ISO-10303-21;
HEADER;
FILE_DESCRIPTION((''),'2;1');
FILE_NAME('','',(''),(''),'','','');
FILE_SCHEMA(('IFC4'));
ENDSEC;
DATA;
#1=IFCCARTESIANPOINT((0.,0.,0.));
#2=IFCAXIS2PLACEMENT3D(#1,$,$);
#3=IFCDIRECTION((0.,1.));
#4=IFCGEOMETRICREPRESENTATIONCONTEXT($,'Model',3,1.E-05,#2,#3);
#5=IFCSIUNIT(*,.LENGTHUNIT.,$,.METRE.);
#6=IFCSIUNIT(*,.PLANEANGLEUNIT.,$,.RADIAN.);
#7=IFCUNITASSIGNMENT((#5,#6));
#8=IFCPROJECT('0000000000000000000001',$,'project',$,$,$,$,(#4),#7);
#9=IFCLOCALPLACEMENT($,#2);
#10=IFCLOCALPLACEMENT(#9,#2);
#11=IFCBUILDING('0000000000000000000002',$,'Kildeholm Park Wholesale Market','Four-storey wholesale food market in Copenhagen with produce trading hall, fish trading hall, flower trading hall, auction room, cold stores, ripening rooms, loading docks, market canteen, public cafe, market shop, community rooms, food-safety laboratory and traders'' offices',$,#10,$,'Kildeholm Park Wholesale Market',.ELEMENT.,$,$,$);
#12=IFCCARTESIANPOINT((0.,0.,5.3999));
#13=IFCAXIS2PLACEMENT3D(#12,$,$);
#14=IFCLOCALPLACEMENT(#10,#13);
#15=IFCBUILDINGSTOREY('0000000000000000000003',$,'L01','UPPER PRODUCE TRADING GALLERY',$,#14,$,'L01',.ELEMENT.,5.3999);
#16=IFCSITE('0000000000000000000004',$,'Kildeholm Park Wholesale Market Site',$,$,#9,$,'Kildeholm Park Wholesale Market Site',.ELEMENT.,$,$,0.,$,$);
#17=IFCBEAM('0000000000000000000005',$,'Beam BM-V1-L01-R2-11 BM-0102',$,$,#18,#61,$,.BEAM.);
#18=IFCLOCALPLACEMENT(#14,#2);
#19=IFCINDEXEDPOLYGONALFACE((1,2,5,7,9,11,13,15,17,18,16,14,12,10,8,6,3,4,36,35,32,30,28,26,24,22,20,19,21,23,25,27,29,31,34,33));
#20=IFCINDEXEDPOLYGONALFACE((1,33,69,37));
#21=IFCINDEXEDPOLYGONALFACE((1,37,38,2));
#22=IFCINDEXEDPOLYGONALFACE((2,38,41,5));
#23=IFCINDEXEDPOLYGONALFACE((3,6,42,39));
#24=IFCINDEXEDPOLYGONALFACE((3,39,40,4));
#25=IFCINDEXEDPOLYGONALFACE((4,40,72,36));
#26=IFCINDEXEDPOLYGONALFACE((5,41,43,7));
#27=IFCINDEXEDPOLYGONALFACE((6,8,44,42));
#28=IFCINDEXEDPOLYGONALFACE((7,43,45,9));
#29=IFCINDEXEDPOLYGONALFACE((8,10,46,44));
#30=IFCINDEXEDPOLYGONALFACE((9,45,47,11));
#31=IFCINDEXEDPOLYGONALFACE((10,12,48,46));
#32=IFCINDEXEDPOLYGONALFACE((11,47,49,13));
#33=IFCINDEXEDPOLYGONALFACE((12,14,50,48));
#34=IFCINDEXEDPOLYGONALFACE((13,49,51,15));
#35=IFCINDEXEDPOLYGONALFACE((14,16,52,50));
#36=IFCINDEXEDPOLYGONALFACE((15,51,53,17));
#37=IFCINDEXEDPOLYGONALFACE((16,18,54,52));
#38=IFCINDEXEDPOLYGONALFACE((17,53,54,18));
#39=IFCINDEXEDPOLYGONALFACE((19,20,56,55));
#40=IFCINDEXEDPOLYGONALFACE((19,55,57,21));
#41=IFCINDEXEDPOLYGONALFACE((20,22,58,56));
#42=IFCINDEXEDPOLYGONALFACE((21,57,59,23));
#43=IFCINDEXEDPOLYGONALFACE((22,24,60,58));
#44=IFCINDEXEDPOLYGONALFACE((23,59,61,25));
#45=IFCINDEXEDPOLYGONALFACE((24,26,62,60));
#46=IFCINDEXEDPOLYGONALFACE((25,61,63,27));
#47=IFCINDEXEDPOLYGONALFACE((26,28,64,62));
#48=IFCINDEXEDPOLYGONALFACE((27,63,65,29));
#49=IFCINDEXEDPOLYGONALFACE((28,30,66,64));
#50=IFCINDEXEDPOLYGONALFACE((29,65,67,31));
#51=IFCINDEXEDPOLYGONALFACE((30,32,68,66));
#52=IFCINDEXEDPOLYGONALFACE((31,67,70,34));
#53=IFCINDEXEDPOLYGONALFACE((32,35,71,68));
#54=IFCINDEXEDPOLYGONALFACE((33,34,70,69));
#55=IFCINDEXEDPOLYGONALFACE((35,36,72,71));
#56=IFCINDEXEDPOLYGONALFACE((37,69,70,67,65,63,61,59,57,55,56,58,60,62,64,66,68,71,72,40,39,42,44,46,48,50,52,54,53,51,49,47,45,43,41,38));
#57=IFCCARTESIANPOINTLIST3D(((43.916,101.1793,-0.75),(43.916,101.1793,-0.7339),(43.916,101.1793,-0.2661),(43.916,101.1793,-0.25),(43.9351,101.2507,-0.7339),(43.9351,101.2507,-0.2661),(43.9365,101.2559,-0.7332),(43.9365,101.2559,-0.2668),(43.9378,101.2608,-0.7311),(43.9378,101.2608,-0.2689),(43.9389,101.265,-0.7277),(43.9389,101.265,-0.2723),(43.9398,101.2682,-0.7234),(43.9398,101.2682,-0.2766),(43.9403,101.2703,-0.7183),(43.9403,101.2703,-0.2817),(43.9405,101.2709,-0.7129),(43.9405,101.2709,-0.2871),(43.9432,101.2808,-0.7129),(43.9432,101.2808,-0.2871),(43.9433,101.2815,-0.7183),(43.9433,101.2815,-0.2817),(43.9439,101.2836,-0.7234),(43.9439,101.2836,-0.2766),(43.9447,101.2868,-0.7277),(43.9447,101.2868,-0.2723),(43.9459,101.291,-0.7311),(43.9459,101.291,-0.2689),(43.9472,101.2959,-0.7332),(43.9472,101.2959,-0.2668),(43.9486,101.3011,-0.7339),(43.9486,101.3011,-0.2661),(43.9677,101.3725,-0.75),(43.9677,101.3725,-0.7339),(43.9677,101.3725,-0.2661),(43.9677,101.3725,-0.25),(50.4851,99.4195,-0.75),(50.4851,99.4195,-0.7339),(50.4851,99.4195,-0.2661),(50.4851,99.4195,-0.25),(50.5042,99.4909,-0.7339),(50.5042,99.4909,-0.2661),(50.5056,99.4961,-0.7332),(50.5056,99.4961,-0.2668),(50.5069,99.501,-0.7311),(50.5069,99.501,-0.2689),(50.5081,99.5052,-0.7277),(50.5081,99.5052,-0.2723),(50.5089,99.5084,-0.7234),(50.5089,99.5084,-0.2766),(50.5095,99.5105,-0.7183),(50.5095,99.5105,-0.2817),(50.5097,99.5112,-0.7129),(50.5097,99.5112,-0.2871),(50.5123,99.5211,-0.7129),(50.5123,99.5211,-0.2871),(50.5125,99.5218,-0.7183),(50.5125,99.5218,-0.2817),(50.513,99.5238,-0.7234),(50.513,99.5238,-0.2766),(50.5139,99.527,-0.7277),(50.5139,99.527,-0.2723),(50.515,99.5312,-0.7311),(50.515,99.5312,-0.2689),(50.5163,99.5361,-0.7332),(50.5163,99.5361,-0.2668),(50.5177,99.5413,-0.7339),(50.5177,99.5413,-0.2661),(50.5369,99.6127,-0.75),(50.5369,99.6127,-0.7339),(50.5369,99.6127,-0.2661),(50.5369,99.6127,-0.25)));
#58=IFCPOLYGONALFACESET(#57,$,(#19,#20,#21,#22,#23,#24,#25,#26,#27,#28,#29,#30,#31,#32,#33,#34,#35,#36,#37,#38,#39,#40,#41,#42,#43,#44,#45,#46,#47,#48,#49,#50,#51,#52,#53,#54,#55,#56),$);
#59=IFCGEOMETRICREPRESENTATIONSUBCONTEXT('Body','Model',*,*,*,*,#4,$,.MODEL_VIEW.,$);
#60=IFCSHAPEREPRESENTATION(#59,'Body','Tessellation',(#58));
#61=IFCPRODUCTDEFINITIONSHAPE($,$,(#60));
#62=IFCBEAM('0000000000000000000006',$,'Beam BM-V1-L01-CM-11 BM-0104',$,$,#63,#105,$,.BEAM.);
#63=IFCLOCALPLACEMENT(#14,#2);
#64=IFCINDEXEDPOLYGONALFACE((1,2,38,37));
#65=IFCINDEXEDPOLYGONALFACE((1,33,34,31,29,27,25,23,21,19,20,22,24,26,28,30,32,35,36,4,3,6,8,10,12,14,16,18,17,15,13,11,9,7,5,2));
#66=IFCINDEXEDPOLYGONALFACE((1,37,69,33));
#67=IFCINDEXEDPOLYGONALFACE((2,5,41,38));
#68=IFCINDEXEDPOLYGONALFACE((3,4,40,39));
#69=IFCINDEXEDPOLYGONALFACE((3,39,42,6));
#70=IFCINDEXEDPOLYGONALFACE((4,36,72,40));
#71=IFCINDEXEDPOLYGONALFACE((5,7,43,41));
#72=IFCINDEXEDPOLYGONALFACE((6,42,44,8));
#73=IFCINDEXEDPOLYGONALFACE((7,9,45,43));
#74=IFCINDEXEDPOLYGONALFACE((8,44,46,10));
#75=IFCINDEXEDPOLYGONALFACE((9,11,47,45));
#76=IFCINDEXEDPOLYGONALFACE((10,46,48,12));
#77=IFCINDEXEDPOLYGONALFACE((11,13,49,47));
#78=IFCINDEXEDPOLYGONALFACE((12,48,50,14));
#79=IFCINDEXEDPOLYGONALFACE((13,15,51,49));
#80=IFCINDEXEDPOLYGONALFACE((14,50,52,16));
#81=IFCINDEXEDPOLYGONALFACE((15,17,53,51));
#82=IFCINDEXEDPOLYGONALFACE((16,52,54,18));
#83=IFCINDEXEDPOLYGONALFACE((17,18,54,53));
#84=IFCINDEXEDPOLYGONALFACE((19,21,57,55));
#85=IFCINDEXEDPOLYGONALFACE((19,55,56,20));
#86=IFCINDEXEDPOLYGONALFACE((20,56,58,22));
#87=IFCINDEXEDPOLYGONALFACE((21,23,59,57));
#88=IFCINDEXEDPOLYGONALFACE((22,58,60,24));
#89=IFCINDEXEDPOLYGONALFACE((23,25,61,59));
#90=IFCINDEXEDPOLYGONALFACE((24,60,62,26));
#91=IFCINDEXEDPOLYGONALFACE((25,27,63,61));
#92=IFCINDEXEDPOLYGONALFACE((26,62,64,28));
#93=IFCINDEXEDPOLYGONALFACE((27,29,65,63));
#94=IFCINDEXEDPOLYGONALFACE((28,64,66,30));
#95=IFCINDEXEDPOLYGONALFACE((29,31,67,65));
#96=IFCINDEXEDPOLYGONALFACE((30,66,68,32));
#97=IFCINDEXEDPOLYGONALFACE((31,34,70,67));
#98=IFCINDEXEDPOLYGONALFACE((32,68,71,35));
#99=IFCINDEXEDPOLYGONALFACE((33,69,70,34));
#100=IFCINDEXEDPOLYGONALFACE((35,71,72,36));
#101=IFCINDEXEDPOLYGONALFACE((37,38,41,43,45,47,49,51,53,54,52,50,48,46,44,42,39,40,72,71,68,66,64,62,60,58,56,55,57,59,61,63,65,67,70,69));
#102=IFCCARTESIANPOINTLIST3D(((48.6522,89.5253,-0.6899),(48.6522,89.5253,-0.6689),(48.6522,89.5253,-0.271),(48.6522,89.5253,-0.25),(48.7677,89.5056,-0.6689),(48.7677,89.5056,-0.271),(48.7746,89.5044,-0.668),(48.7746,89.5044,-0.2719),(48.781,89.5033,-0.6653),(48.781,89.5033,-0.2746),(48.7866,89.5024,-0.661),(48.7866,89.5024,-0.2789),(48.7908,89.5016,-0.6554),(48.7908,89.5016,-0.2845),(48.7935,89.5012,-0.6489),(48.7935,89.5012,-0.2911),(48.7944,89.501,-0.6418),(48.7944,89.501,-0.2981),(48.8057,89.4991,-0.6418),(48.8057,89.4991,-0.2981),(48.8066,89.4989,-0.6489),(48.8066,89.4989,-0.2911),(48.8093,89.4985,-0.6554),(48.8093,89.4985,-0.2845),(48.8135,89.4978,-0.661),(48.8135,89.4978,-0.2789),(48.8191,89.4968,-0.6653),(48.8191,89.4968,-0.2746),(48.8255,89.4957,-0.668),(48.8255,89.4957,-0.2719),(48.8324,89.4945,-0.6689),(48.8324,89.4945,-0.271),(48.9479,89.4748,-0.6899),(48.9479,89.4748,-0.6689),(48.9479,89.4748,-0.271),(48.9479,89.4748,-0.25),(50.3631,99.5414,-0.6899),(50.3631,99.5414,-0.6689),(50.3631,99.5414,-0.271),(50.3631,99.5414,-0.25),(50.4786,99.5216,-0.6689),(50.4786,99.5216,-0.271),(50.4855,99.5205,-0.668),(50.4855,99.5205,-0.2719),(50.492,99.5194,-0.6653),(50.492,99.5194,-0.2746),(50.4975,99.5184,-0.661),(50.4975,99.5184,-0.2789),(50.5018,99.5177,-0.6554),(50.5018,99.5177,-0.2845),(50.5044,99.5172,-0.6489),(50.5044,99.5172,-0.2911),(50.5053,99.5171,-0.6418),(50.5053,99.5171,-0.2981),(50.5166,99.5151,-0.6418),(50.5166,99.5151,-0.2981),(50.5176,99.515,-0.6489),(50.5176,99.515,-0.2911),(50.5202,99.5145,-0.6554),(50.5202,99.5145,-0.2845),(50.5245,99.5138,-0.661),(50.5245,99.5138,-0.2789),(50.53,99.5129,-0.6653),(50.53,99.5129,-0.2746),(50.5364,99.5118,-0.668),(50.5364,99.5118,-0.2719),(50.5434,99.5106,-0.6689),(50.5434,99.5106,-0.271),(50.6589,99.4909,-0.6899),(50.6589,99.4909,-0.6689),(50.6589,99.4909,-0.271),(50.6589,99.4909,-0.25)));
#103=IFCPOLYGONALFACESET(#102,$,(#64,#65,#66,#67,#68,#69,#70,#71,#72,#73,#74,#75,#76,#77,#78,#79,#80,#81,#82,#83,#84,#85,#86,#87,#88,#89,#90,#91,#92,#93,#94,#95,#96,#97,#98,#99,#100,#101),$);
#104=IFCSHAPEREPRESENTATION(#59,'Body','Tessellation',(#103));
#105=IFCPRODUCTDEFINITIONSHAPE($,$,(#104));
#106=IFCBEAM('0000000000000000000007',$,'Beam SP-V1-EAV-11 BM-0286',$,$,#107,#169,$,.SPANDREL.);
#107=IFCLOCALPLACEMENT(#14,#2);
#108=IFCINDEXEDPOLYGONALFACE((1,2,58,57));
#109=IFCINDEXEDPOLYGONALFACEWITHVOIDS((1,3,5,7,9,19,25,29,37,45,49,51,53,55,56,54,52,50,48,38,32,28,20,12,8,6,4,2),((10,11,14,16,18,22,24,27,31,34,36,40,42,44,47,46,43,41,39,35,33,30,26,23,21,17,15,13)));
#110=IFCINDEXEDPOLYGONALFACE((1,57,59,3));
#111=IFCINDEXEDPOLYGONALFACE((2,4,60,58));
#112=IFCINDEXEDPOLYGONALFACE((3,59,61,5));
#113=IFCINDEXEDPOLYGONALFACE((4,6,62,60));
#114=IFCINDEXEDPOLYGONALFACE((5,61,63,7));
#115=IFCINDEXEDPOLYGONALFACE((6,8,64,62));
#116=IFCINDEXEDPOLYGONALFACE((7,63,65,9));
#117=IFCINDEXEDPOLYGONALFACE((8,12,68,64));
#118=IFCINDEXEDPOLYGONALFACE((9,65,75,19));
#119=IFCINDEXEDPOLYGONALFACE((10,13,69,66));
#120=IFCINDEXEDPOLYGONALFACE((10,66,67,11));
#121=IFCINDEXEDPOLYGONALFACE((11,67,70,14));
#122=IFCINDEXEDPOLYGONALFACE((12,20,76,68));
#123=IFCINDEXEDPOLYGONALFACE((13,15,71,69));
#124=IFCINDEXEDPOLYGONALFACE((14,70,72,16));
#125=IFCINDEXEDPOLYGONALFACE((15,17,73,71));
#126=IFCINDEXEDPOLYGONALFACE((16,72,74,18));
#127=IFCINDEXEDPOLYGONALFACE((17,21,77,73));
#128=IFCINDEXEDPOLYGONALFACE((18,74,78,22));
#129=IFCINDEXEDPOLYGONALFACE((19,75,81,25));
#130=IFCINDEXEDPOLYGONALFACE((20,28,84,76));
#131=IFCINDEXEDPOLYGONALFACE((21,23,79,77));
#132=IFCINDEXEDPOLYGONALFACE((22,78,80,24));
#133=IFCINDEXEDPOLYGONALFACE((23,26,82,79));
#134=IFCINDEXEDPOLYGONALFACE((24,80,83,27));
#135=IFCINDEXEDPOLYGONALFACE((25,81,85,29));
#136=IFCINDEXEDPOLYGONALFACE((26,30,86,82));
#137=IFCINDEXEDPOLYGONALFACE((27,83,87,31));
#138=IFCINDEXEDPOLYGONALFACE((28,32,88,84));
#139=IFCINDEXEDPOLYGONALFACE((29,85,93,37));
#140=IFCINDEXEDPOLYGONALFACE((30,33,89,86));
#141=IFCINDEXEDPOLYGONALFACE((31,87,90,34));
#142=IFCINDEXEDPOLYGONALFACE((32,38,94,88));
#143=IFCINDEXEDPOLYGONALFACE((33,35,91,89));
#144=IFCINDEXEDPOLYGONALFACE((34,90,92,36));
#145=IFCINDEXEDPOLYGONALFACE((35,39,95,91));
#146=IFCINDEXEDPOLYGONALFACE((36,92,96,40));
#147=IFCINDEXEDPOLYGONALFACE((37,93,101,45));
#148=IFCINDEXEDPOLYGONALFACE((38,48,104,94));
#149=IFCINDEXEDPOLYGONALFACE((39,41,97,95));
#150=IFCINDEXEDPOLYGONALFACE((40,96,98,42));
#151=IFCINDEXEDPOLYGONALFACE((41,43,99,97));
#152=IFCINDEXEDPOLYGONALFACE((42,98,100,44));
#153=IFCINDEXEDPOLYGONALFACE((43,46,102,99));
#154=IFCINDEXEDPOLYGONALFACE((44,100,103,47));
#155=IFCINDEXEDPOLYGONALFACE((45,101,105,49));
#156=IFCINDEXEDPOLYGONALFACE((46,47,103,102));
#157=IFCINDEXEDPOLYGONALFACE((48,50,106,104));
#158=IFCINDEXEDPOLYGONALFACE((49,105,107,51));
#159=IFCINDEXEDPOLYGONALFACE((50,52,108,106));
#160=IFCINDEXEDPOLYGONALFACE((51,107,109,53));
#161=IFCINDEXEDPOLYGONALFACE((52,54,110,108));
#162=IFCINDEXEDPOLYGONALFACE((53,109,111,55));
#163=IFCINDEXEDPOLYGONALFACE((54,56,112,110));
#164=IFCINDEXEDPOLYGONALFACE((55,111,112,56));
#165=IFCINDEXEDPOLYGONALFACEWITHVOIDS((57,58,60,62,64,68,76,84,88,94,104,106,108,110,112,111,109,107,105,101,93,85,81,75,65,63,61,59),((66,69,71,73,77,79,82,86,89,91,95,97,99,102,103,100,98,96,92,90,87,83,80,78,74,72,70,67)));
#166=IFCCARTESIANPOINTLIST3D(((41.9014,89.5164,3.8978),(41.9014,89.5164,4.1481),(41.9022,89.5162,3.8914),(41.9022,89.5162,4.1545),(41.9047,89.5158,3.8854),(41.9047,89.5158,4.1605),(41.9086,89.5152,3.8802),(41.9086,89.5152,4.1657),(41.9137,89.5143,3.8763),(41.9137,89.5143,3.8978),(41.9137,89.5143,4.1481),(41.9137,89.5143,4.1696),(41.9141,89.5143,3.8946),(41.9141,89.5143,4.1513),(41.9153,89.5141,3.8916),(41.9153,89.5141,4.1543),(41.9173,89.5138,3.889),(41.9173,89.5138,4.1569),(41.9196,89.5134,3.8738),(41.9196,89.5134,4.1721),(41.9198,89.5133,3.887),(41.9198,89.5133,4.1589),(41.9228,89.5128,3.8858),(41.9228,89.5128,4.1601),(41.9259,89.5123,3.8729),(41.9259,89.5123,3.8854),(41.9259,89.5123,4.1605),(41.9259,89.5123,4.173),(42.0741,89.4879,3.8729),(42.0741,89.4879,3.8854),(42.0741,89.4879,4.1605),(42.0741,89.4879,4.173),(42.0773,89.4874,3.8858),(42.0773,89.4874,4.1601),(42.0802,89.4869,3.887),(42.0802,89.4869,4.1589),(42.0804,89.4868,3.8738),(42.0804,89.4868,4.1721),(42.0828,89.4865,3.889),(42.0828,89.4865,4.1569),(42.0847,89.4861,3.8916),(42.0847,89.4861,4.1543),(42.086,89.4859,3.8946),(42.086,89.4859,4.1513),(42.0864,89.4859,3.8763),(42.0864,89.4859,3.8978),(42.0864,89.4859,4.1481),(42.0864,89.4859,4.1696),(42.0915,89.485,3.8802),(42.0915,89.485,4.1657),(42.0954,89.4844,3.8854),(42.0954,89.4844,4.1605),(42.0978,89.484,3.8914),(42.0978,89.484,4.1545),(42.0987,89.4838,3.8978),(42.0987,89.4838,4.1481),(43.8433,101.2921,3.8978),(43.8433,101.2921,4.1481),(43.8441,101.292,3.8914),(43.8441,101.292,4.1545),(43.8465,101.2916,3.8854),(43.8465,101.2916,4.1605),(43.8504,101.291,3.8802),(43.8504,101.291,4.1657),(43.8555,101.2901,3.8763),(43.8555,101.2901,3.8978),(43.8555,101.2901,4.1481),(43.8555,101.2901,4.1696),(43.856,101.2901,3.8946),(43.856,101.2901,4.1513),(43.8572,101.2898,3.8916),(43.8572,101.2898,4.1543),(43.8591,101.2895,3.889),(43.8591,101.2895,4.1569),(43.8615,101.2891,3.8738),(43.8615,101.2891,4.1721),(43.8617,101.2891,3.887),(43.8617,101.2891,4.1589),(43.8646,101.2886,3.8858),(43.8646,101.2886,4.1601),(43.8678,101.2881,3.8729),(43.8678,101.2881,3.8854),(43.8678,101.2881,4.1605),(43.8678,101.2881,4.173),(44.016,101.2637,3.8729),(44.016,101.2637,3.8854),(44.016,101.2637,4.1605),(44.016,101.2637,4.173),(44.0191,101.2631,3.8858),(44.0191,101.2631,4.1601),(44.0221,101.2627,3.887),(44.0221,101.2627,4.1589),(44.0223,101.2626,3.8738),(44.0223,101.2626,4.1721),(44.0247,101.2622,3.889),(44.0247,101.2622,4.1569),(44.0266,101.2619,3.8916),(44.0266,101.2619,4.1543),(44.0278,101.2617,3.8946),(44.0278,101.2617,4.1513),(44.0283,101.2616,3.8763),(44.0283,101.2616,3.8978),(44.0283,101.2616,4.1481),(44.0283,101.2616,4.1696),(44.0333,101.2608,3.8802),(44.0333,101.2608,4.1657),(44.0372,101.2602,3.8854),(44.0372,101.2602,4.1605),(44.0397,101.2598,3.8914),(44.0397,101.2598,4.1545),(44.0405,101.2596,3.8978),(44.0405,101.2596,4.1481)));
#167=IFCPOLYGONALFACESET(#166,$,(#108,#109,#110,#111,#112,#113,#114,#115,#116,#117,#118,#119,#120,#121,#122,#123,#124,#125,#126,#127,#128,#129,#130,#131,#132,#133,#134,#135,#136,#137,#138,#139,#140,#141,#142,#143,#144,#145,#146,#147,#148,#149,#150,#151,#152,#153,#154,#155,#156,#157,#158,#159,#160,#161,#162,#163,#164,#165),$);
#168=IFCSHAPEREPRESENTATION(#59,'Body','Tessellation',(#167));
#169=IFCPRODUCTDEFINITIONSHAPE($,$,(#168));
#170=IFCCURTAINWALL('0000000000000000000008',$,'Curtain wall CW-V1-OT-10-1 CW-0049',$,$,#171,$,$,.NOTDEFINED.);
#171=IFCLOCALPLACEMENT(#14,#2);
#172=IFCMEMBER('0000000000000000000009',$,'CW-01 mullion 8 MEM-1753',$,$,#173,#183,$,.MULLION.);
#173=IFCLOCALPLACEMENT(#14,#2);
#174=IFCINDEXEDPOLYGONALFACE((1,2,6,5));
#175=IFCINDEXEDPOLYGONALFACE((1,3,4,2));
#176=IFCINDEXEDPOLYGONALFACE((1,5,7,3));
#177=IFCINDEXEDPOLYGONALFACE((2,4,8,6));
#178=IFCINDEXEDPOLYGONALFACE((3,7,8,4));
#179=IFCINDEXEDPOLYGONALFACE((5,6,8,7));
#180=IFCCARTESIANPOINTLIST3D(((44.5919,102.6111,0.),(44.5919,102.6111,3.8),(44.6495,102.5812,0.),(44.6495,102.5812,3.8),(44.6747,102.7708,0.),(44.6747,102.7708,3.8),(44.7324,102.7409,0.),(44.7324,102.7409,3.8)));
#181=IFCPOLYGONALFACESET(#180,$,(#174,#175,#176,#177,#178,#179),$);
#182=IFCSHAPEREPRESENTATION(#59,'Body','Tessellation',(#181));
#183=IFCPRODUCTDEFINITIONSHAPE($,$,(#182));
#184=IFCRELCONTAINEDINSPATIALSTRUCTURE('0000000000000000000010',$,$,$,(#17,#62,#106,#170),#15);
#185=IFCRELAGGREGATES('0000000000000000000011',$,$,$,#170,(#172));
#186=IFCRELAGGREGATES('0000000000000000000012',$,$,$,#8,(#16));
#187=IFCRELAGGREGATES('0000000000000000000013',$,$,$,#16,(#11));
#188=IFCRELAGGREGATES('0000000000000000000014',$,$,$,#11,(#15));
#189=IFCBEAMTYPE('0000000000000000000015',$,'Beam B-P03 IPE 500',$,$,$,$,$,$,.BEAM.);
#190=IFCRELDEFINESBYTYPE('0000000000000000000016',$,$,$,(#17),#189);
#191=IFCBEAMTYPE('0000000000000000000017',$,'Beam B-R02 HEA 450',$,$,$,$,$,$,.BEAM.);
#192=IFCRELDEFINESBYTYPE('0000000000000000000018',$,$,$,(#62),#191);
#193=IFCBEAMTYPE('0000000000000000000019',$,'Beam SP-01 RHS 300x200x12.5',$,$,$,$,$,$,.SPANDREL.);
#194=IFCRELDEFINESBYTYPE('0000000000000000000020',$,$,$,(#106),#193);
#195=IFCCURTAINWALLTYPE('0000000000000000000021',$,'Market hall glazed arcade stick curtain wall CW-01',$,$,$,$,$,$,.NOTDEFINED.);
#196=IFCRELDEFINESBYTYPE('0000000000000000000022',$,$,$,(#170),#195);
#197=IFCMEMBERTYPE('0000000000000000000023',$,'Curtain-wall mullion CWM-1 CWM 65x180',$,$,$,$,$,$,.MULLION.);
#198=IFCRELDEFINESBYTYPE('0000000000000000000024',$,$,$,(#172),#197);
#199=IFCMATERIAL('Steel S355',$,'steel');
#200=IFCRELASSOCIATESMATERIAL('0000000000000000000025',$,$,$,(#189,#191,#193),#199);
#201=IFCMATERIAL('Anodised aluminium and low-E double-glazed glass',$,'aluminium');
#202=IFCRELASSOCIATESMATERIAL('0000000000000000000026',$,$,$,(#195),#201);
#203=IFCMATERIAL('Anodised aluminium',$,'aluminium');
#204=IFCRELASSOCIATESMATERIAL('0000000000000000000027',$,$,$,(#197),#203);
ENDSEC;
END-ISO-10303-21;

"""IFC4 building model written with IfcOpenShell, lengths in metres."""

from ifc_helpers import new_model, si_unit, direction, frame, origin, origin_2d, place, context, subcontext, project, spatial, rectangle, hollow_rectangle, i_section, extrude, material, material_profile, profile_set, type_object, element, aggregate, save


model = new_model("IFC4")

# Units and contexts
model_context = context("Model", 3, precision=1e-05, world=origin(), true_north=direction((0.0, 1.0)))
body_context = subcontext(model_context, "Body", "Model", "MODEL_VIEW")
ifc_project = project(units=[si_unit("LENGTHUNIT", "METRE"), si_unit("PLANEANGLEUNIT", "RADIAN")], contexts=[model_context])

# Site, building, storey
site_placement = place(None, origin())
site = spatial("IfcSite", under=ifc_project, at=site_placement, Name="Kildeholm Park Wholesale Market Site", LongName="Kildeholm Park Wholesale Market Site", CompositionType="ELEMENT", RefElevation=0.0)
building_placement = place(site_placement, origin())
building = spatial("IfcBuilding", under=site, at=building_placement, Name="Kildeholm Park Wholesale Market", Description="Four-storey wholesale food market in Copenhagen with produce trading hall, fish trading hall, flower trading hall, auction room, cold stores, ripening rooms, loading docks, market canteen, public cafe, market shop, community rooms, food-safety laboratory and traders' offices", LongName="Kildeholm Park Wholesale Market", CompositionType="ELEMENT")
storey_placement = place(building_placement, frame((0.0, 0.0, 5.3999)))
storey = spatial("IfcBuildingStorey", under=building, at=storey_placement, Name="L01", Description="UPPER PRODUCE TRADING GALLERY", LongName="L01", CompositionType="ELEMENT", Elevation=5.3999)

# Shared definitions
ifc_material_1 = material(Name="Steel S355", Category="steel")

# Beams
ifc_material_profile_1 = material_profile(ifc_material_1, i_section(OverallWidth=0.2, OverallDepth=0.5, WebThickness=0.0103, FlangeThickness=0.0161, FilletRadius=0.021, at=origin_2d()), Name="IPE 500")
ifc_profile_set_1 = profile_set([ifc_material_profile_1], Name="Steel S355")
beam_type_1 = type_object("IfcBeamType", Name="Beam B-P03 IPE 500", PredefinedType="BEAM", material=ifc_profile_set_1)
beam_1_placement = place(storey_placement, frame((50.511, 99.5161, -0.5), z_axis=(-0.965941, 0.258762, 0.0), x_axis=(-0.258762, -0.965941, 0.0)))
element("IfcBeam", 1, at=beam_1_placement, inside=storey, type_object=beam_type_1, Name="Beam BM-V1-L01-R2-11 BM-0102", PredefinedType="BEAM", context=body_context, shape_type="SweptSolid", body=[
    extrude(i_section(OverallWidth=0.2, OverallDepth=0.5, WebThickness=0.0103, FlangeThickness=0.0161, FilletRadius=0.021, at=origin_2d()), origin(), (0.0, 0.0, 1.0), 6.8008),
])
ifc_material_profile_2 = material_profile(ifc_material_1, i_section(OverallWidth=0.3, OverallDepth=0.4399, WebThickness=0.0115, FlangeThickness=0.021, FilletRadius=0.0271, at=origin_2d()), Name="HEA 450")
ifc_profile_set_2 = profile_set([ifc_material_profile_2], Name="Steel S355")
beam_type_2 = type_object("IfcBeamType", Name="Beam B-R02 HEA 450", PredefinedType="BEAM", material=ifc_profile_set_2)
beam_2_placement = place(storey_placement, frame((50.511, 99.5161, -0.47), z_axis=(-0.16838, -0.985722, 0.0), x_axis=(0.985722, -0.16838, 0.0)))
element("IfcBeam", 2, at=beam_2_placement, inside=storey, type_object=beam_type_2, Name="Beam BM-V1-L01-CM-11 BM-0104", PredefinedType="BEAM", context=body_context, shape_type="SweptSolid", body=[
    extrude(i_section(OverallWidth=0.3, OverallDepth=0.4399, WebThickness=0.0115, FlangeThickness=0.021, FilletRadius=0.0271, at=origin_2d()), origin(), (0.0, 0.0, 1.0), 10.1611),
])
ifc_material_profile_3 = material_profile(ifc_material_1, hollow_rectangle(XDim=0.2, YDim=0.3, WallThickness=0.0125, InnerFilletRadius=0.0125, OuterFilletRadius=0.0249, at=origin_2d()), Name="RHS 300x200x12.5")
ifc_profile_set_3 = profile_set([ifc_material_profile_3], Name="Steel S355")
beam_type_3 = type_object("IfcBeamType", Name="Beam SP-01 RHS 300x200x12.5", PredefinedType="SPANDREL", material=ifc_profile_set_3)
beam_3_placement = place(storey_placement, frame((43.9419, 101.2759, 4.0229), z_axis=(-0.162707, -0.986674, 0.0), x_axis=(0.986674, -0.162707, 0.0)))
element("IfcBeam", 3, at=beam_3_placement, inside=storey, type_object=beam_type_3, Name="Beam SP-V1-EAV-11 BM-0286", PredefinedType="SPANDREL", context=body_context, shape_type="SweptSolid", body=[
    extrude(hollow_rectangle(XDim=0.2, YDim=0.3, WallThickness=0.0125, InnerFilletRadius=0.0125, OuterFilletRadius=0.0249, at=origin_2d()), origin(), (0.0, 0.0, 1.0), 11.9348),
])

# Curtain wall, member
ifc_material_2 = material(Name="Anodised aluminium and low-E double-glazed glass", Category="aluminium")
curtain_wall_type = type_object("IfcCurtainWallType", Name="Market hall glazed arcade stick curtain wall CW-01", PredefinedType="NOTDEFINED", material=ifc_material_2)
curtain_wall_1_placement = place(storey_placement, origin())
curtain_wall_1 = element("IfcCurtainWall", 4, at=curtain_wall_1_placement, inside=storey, type_object=curtain_wall_type, Name="Curtain wall CW-V1-OT-10-1 CW-0049", PredefinedType="NOTDEFINED")
ifc_material_3 = material(Name="Anodised aluminium", Category="aluminium")
ifc_material_profile_4 = material_profile(ifc_material_3, rectangle(XDim=0.0649, YDim=0.1799, at=origin_2d()), Name="CWM 65x180")
ifc_profile_set_4 = profile_set([ifc_material_profile_4], Name="Anodised aluminium")
member_type_1 = type_object("IfcMemberType", Name="Curtain-wall mullion CWM-1 CWM 65x180", PredefinedType="MULLION", material=ifc_profile_set_4)
member_1_placement = place(storey_placement, frame((44.6621, 102.676, 0.0), z_axis=(0.0, 0.0, 1.0), x_axis=(0.887652, -0.460514, 0.0)))
member_1 = element("IfcMember", 5, at=member_1_placement, type_object=member_type_1, Name="CW-01 mullion 8 MEM-1753", PredefinedType="MULLION", context=body_context, shape_type="SweptSolid", body=[
    extrude(rectangle(XDim=0.0649, YDim=0.1799, at=origin_2d()), origin(), (0.0, 0.0, 1.0), 3.8),
])

aggregate(curtain_wall_1, [member_1])

save(model, "model.ifc")
